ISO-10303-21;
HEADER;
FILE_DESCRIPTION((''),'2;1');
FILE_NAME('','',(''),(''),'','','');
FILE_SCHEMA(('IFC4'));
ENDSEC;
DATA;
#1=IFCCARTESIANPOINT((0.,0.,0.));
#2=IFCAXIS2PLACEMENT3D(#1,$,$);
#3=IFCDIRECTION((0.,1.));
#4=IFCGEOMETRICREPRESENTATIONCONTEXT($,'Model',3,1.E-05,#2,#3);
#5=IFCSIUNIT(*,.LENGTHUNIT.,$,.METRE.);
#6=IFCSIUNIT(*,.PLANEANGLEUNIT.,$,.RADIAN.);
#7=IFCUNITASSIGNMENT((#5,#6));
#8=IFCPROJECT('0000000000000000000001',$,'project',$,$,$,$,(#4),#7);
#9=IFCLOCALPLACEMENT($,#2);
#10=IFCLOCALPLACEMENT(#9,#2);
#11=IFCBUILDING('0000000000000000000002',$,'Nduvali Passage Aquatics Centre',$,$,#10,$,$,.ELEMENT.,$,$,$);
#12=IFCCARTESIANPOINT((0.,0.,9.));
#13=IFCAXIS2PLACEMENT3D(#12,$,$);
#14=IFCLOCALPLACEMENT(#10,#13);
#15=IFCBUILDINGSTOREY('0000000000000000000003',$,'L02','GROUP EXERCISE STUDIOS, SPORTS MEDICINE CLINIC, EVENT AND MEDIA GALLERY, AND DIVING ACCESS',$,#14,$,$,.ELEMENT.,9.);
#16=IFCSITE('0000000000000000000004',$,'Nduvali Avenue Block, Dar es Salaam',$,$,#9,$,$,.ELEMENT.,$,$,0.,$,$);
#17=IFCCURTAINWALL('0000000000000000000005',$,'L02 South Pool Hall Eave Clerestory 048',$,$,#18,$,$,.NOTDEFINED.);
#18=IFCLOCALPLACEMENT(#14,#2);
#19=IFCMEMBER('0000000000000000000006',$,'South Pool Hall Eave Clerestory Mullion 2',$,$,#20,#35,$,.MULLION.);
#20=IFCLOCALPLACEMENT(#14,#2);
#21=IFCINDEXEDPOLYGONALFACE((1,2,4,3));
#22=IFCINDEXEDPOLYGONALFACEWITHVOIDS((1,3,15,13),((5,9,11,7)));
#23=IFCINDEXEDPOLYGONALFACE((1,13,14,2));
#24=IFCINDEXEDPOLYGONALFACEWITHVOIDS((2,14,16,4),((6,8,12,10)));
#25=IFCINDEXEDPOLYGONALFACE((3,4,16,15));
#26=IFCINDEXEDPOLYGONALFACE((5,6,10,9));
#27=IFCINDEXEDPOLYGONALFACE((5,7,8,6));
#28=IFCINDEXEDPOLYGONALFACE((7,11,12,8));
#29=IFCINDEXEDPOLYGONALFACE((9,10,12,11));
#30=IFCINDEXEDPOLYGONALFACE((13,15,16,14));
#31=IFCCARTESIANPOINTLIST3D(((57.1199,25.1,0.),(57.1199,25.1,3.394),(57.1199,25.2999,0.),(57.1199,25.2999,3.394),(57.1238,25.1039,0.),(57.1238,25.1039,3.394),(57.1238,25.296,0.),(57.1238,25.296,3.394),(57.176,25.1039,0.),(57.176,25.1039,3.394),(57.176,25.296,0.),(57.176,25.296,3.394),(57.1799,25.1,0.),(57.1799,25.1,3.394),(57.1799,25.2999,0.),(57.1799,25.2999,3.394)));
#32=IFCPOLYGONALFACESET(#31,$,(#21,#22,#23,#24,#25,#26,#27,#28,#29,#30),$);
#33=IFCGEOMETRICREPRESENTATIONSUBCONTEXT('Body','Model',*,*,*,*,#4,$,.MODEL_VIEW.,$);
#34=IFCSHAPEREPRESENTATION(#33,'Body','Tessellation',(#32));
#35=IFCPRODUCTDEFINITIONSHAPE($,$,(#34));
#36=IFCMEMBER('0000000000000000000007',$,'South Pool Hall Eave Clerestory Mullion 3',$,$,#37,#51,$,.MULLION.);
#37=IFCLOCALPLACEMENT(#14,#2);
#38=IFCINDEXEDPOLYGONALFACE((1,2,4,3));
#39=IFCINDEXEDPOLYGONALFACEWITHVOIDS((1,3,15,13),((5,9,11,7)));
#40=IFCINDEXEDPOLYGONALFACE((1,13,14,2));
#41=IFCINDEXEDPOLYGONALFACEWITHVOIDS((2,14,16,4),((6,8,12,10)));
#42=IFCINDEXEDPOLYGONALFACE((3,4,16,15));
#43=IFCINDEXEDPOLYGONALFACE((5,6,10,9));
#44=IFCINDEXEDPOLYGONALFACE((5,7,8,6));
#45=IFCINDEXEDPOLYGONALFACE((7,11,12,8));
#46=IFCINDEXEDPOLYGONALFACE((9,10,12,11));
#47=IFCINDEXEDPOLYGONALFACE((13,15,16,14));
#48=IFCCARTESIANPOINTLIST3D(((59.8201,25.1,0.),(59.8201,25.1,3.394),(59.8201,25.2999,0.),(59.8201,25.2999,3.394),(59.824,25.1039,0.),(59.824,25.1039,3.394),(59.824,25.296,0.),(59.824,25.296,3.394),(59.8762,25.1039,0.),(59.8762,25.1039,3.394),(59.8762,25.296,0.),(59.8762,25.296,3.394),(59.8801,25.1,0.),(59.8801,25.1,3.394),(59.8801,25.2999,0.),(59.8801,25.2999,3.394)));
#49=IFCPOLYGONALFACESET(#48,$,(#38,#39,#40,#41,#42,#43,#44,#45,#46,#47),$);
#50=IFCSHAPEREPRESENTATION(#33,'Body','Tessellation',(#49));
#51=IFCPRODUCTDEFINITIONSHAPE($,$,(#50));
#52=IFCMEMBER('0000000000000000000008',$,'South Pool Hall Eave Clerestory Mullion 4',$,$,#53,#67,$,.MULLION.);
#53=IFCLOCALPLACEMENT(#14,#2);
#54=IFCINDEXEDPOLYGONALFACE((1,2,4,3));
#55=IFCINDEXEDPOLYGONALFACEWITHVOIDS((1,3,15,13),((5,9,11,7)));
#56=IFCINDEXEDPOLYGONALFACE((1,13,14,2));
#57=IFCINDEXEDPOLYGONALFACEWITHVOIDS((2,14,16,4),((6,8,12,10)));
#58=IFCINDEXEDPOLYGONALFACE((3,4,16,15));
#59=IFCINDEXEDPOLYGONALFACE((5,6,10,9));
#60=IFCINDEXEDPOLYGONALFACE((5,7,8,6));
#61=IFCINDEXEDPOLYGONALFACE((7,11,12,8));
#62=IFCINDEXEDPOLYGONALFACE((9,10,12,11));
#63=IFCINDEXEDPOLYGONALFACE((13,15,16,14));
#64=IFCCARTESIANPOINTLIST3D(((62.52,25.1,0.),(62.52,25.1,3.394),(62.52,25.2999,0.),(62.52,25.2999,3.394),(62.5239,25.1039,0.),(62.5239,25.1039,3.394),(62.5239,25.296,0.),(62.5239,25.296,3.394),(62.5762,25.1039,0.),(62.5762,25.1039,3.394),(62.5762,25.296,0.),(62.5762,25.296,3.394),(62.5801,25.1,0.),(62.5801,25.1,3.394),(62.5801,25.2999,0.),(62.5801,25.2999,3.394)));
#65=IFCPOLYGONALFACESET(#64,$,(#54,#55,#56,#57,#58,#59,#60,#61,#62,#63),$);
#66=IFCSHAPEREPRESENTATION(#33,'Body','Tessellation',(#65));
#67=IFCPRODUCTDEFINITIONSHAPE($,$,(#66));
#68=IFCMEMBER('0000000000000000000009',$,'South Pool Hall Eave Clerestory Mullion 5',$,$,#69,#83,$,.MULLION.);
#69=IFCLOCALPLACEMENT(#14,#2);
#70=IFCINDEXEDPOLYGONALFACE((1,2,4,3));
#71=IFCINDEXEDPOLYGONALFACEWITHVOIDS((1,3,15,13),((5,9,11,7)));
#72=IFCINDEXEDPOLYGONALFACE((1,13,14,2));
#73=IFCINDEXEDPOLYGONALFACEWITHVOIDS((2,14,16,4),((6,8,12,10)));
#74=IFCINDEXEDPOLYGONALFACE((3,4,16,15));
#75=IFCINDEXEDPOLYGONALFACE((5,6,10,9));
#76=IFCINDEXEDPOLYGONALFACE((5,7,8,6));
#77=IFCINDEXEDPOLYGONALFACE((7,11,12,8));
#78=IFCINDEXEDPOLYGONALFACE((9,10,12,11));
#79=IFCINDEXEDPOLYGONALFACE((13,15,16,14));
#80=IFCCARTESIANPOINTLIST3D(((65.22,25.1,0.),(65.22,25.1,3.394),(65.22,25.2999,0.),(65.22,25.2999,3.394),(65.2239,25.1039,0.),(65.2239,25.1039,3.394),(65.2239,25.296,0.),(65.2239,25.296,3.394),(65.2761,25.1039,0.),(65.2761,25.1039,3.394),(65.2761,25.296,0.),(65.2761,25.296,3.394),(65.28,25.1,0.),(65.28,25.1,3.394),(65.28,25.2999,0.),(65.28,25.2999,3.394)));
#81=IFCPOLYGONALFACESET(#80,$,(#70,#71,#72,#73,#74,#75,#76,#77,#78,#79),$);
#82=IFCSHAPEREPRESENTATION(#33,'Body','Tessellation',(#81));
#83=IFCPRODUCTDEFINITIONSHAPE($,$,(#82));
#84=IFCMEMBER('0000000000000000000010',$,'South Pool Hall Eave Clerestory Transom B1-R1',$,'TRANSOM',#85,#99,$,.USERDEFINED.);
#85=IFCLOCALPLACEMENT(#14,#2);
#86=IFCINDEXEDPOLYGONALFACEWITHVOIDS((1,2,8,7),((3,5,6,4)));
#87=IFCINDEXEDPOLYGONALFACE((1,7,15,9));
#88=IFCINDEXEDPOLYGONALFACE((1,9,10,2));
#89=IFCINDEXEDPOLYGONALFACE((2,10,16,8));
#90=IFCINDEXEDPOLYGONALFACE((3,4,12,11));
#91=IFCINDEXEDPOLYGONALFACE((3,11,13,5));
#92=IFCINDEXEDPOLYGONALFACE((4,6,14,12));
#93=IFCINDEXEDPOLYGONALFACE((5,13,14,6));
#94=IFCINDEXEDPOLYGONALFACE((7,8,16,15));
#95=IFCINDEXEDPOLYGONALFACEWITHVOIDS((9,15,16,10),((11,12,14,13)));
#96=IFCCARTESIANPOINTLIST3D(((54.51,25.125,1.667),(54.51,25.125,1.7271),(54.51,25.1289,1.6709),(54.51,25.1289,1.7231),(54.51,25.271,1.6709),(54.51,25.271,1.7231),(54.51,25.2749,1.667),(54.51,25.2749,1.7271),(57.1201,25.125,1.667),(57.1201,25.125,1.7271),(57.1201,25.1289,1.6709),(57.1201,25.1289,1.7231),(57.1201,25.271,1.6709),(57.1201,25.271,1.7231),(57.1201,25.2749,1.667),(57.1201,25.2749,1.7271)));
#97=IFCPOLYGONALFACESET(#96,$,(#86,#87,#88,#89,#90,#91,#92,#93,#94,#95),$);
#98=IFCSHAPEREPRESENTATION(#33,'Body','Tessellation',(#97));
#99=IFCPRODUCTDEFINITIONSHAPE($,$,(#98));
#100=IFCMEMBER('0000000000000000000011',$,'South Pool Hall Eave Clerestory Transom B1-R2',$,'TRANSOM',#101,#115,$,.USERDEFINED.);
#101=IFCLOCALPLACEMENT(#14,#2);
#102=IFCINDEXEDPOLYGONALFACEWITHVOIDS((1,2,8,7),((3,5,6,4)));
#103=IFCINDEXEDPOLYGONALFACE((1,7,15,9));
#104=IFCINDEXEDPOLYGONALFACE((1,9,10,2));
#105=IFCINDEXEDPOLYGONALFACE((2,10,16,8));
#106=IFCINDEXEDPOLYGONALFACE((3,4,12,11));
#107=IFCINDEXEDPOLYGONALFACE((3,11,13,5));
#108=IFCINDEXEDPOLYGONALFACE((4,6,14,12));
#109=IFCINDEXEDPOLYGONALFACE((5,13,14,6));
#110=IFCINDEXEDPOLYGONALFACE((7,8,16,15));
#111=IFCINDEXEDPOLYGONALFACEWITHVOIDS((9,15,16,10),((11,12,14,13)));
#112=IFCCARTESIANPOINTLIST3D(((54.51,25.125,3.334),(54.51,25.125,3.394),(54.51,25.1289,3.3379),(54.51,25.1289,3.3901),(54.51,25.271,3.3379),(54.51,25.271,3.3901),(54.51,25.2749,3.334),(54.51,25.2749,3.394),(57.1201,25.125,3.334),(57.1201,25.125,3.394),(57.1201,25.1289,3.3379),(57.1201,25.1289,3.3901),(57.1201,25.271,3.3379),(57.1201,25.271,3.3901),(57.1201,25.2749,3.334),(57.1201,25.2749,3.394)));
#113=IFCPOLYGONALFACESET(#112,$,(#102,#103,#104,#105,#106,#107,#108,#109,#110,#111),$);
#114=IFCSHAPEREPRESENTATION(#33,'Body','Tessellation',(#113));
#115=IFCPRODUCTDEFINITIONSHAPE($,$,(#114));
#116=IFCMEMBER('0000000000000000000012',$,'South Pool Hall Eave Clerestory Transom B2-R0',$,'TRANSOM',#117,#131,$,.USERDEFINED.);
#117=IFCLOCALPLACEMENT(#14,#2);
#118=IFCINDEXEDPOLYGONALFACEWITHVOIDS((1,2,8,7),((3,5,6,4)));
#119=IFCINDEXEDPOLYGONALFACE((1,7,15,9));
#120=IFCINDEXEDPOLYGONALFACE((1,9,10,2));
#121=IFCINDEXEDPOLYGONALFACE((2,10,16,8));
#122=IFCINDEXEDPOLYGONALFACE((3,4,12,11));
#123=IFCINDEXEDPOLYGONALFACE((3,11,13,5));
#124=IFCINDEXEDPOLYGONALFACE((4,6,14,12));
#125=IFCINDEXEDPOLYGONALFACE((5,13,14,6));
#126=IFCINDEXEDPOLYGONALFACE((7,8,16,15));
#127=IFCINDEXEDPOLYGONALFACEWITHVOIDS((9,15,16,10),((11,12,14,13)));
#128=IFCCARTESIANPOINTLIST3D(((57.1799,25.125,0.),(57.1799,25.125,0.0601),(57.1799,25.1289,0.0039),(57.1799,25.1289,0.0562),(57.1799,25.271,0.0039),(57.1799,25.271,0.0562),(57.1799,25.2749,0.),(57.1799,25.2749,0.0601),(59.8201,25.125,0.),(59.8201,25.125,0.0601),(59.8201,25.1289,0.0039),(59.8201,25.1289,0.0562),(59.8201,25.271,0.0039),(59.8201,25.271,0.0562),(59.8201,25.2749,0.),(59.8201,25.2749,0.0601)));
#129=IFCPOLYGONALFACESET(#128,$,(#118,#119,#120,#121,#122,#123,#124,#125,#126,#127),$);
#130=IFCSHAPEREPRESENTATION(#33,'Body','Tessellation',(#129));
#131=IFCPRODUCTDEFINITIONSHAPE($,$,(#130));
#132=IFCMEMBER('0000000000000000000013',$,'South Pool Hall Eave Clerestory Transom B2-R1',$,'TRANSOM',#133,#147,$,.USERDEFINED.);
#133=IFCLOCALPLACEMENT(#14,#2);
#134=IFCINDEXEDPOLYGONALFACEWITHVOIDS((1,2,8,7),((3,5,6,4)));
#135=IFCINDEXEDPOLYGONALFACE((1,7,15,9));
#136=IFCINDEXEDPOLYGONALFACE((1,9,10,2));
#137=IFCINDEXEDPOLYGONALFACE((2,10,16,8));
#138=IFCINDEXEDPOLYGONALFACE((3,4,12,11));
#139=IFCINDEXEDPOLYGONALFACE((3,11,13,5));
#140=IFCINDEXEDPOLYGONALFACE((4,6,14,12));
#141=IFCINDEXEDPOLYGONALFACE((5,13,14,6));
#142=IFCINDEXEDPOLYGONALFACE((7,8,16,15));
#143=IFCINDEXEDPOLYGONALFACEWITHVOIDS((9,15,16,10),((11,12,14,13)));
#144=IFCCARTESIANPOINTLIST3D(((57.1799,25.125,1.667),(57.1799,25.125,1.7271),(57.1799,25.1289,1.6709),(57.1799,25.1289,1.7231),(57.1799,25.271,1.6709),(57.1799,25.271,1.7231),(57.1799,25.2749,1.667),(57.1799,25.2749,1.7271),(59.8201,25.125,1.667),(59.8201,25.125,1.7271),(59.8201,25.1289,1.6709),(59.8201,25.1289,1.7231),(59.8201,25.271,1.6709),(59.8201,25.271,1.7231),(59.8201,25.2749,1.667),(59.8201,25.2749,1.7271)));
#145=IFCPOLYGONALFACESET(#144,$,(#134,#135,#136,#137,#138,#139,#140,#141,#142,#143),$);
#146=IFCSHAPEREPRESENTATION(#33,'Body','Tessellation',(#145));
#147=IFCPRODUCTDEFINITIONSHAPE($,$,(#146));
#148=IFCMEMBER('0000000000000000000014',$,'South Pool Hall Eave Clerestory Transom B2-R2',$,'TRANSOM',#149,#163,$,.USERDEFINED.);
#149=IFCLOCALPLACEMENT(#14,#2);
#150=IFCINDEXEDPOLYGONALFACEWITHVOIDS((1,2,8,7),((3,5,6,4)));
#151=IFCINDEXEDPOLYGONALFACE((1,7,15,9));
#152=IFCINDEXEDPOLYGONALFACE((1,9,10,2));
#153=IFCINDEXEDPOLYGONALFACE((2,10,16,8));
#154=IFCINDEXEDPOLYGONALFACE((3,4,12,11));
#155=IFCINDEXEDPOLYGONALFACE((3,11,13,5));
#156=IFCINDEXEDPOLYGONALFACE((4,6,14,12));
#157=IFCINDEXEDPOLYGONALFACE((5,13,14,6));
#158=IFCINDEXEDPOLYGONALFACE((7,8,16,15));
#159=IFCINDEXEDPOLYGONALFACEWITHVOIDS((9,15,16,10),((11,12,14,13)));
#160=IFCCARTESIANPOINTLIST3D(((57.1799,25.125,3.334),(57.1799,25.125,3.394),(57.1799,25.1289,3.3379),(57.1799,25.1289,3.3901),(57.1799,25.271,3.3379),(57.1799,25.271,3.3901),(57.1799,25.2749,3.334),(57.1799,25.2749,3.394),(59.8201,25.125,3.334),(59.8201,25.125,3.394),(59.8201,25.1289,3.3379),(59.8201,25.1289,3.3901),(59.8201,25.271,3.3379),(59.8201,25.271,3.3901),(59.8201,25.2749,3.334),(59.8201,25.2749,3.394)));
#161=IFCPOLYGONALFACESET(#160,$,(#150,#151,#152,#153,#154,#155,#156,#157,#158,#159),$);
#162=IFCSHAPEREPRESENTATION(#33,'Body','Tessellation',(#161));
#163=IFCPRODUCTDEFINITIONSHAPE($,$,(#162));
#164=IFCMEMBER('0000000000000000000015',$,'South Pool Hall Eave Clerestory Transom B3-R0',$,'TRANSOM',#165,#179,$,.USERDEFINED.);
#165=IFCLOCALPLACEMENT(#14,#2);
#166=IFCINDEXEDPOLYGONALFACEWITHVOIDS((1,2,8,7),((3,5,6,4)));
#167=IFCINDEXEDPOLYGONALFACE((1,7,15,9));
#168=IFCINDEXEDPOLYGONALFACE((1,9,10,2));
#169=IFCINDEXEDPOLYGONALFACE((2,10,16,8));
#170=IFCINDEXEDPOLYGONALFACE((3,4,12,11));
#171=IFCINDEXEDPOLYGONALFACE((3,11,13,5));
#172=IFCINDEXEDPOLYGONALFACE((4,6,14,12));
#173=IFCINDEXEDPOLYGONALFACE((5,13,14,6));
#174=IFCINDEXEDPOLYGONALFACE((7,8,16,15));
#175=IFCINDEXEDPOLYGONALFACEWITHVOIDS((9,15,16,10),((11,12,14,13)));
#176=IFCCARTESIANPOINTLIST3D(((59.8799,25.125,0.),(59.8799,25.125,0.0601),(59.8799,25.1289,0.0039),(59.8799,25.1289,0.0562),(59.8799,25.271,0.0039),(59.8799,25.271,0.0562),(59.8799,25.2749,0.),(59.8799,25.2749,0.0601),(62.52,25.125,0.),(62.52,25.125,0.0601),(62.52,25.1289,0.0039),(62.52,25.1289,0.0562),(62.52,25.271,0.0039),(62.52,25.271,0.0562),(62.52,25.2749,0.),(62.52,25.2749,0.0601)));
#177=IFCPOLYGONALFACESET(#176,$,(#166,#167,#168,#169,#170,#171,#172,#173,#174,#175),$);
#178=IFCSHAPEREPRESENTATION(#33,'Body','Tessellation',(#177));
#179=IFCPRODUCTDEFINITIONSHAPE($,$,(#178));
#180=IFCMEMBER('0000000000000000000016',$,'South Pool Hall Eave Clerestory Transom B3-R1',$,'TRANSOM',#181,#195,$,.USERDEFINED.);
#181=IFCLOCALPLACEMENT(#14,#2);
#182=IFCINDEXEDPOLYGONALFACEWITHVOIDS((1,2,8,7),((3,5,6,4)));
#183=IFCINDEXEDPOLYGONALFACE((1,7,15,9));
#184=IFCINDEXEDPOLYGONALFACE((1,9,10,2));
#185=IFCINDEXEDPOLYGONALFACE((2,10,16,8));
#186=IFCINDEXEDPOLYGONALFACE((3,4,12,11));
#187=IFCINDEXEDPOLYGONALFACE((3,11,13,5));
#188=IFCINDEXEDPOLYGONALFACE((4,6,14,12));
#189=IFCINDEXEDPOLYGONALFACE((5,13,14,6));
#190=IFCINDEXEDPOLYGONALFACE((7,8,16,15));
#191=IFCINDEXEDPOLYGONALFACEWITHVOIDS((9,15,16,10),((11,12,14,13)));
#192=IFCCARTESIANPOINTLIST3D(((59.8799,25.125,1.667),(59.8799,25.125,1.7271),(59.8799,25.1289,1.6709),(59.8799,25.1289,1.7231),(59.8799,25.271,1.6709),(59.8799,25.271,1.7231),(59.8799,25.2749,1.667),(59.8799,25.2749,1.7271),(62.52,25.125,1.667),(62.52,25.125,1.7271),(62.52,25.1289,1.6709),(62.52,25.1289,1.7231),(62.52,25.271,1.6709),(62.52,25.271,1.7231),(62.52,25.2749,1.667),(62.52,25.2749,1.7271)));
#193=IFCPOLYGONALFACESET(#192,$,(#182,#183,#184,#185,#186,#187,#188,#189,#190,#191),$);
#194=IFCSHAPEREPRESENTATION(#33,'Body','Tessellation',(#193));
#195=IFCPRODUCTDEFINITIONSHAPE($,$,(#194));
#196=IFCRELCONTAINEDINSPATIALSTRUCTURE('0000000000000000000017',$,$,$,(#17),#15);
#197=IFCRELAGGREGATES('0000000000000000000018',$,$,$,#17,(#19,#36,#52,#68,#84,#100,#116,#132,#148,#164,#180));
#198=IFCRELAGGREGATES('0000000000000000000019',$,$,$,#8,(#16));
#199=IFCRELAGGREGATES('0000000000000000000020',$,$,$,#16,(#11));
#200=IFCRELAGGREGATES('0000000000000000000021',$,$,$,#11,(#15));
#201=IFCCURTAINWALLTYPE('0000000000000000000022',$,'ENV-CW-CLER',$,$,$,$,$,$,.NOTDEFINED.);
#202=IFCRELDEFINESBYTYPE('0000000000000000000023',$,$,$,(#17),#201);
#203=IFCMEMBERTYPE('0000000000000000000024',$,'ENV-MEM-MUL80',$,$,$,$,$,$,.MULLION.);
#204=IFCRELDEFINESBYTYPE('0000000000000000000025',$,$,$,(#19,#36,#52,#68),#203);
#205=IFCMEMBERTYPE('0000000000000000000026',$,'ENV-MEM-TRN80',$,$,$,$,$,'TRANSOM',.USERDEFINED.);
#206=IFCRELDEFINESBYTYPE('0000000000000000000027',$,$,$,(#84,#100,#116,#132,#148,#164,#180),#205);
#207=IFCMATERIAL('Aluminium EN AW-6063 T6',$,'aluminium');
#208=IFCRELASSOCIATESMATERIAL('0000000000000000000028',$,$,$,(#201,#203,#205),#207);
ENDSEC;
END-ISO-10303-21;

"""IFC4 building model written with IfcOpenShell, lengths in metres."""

from ifc_helpers import new_model, si_unit, direction, frame, origin, origin_2d, place, context, subcontext, project, spatial, hollow_rectangle, extrude, material, material_profile, profile_set, type_object, element, aggregate, save


model = new_model("IFC4")

# Units and contexts
model_context = context("Model", 3, precision=1e-05, world=origin(), true_north=direction((0.0, 1.0)))
body_context = subcontext(model_context, "Body", "Model", "MODEL_VIEW")
ifc_project = project(units=[si_unit("LENGTHUNIT", "METRE"), si_unit("PLANEANGLEUNIT", "RADIAN")], contexts=[model_context])

# Site, building, storey
site_placement = place(None, origin())
site = spatial("IfcSite", under=ifc_project, at=site_placement, Name="Nduvali Avenue Block, Dar es Salaam", CompositionType="ELEMENT", RefElevation=0.0)
building_placement = place(site_placement, origin())
building = spatial("IfcBuilding", under=site, at=building_placement, Name="Nduvali Passage Aquatics Centre", CompositionType="ELEMENT")
storey_placement = place(building_placement, frame((0.0, 0.0, 9.0)))
storey = spatial("IfcBuildingStorey", under=building, at=storey_placement, Name="L02", Description="GROUP EXERCISE STUDIOS, SPORTS MEDICINE CLINIC, EVENT AND MEDIA GALLERY, AND DIVING ACCESS", CompositionType="ELEMENT", Elevation=9.0)

# Curtain wall, members
ifc_material_1 = material(Name="Aluminium EN AW-6063 T6", Category="aluminium")
curtain_wall_type = type_object("IfcCurtainWallType", Name="ENV-CW-CLER", PredefinedType="NOTDEFINED", material=ifc_material_1)
curtain_wall_placement = place(storey_placement, origin())
curtain_wall = element("IfcCurtainWall", 1, at=curtain_wall_placement, inside=storey, type_object=curtain_wall_type, Name="L02 South Pool Hall Eave Clerestory 048", PredefinedType="NOTDEFINED")
ifc_material_profile_1 = material_profile(ifc_material_1, hollow_rectangle(XDim=0.0601, YDim=0.2, WallThickness=0.0039, at=origin_2d()), Name="ALU MULLION 60x200x4")
ifc_profile_set_1 = profile_set([ifc_material_profile_1], Name="Aluminium EN AW-6063 T6")
member_type_1 = type_object("IfcMemberType", Name="ENV-MEM-MUL80", PredefinedType="MULLION", material=ifc_profile_set_1)
member_1_placement = place(storey_placement, frame((57.1499, 25.2, 0.0), z_axis=(0.0, 0.0, 1.0), x_axis=(1.0, 0.0, 0.0)))
member_1 = element("IfcMember", 2, at=member_1_placement, type_object=member_type_1, Name="South Pool Hall Eave Clerestory Mullion 2", PredefinedType="MULLION", context=body_context, shape_type="SweptSolid", body=[
    extrude(hollow_rectangle(XDim=0.0601, YDim=0.2, WallThickness=0.0039, at=origin_2d()), origin(), (0.0, 0.0, 1.0), 3.394),
])
member_2_placement = place(storey_placement, frame((59.8501, 25.2, 0.0), z_axis=(0.0, 0.0, 1.0), x_axis=(1.0, 0.0, 0.0)))
member_2 = element("IfcMember", 3, at=member_2_placement, type_object=member_type_1, Name="South Pool Hall Eave Clerestory Mullion 3", PredefinedType="MULLION", context=body_context, shape_type="SweptSolid", body=[
    extrude(hollow_rectangle(XDim=0.0601, YDim=0.2, WallThickness=0.0039, at=origin_2d()), origin(), (0.0, 0.0, 1.0), 3.394),
])
member_3_placement = place(storey_placement, frame((62.55, 25.2, 0.0), z_axis=(0.0, 0.0, 1.0), x_axis=(1.0, 0.0, 0.0)))
member_3 = element("IfcMember", 4, at=member_3_placement, type_object=member_type_1, Name="South Pool Hall Eave Clerestory Mullion 4", PredefinedType="MULLION", context=body_context, shape_type="SweptSolid", body=[
    extrude(hollow_rectangle(XDim=0.0601, YDim=0.2, WallThickness=0.0039, at=origin_2d()), origin(), (0.0, 0.0, 1.0), 3.394),
])
member_4_placement = place(storey_placement, frame((65.25, 25.2, 0.0), z_axis=(0.0, 0.0, 1.0), x_axis=(1.0, 0.0, 0.0)))
member_4 = element("IfcMember", 5, at=member_4_placement, type_object=member_type_1, Name="South Pool Hall Eave Clerestory Mullion 5", PredefinedType="MULLION", context=body_context, shape_type="SweptSolid", body=[
    extrude(hollow_rectangle(XDim=0.0601, YDim=0.2, WallThickness=0.0039, at=origin_2d()), origin(), (0.0, 0.0, 1.0), 3.394),
])
ifc_material_profile_2 = material_profile(ifc_material_1, hollow_rectangle(XDim=0.1499, YDim=0.0601, WallThickness=0.0039, at=origin_2d()), Name="ALU TRANSOM 150x60x4")
ifc_profile_set_2 = profile_set([ifc_material_profile_2], Name="Aluminium EN AW-6063 T6")
member_type_2 = type_object("IfcMemberType", Name="ENV-MEM-TRN80", ElementType="TRANSOM", PredefinedType="USERDEFINED", material=ifc_profile_set_2)
member_5_placement = place(storey_placement, frame((54.51, 25.2, 1.697), z_axis=(1.0, 0.0, 0.0), x_axis=(0.0, 1.0, 0.0)))
member_5 = element("IfcMember", 6, at=member_5_placement, type_object=member_type_2, Name="South Pool Hall Eave Clerestory Transom B1-R1", ObjectType="TRANSOM", PredefinedType="USERDEFINED", context=body_context, shape_type="SweptSolid", body=[
    extrude(hollow_rectangle(XDim=0.1499, YDim=0.0601, WallThickness=0.0039, at=origin_2d()), origin(), (0.0, 0.0, 1.0), 2.6101),
])
member_6_placement = place(storey_placement, frame((54.51, 25.2, 3.364), z_axis=(1.0, 0.0, 0.0), x_axis=(0.0, 1.0, 0.0)))
member_6 = element("IfcMember", 7, at=member_6_placement, type_object=member_type_2, Name="South Pool Hall Eave Clerestory Transom B1-R2", ObjectType="TRANSOM", PredefinedType="USERDEFINED", context=body_context, shape_type="SweptSolid", body=[
    extrude(hollow_rectangle(XDim=0.1499, YDim=0.0601, WallThickness=0.0039, at=origin_2d()), origin(), (0.0, 0.0, 1.0), 2.6101),
])
member_7_placement = place(storey_placement, frame((57.1799, 25.2, 0.03), z_axis=(1.0, 0.0, 0.0), x_axis=(0.0, 1.0, 0.0)))
member_7 = element("IfcMember", 8, at=member_7_placement, type_object=member_type_2, Name="South Pool Hall Eave Clerestory Transom B2-R0", ObjectType="TRANSOM", PredefinedType="USERDEFINED", context=body_context, shape_type="SweptSolid", body=[
    extrude(hollow_rectangle(XDim=0.1499, YDim=0.0601, WallThickness=0.0039, at=origin_2d()), origin(), (0.0, 0.0, 1.0), 2.6401),
])
member_8_placement = place(storey_placement, frame((57.1799, 25.2, 1.697), z_axis=(1.0, 0.0, 0.0), x_axis=(0.0, 1.0, 0.0)))
member_8 = element("IfcMember", 9, at=member_8_placement, type_object=member_type_2, Name="South Pool Hall Eave Clerestory Transom B2-R1", ObjectType="TRANSOM", PredefinedType="USERDEFINED", context=body_context, shape_type="SweptSolid", body=[
    extrude(hollow_rectangle(XDim=0.1499, YDim=0.0601, WallThickness=0.0039, at=origin_2d()), origin(), (0.0, 0.0, 1.0), 2.6401),
])
member_9_placement = place(storey_placement, frame((57.1799, 25.2, 3.364), z_axis=(1.0, 0.0, 0.0), x_axis=(0.0, 1.0, 0.0)))
member_9 = element("IfcMember", 10, at=member_9_placement, type_object=member_type_2, Name="South Pool Hall Eave Clerestory Transom B2-R2", ObjectType="TRANSOM", PredefinedType="USERDEFINED", context=body_context, shape_type="SweptSolid", body=[
    extrude(hollow_rectangle(XDim=0.1499, YDim=0.0601, WallThickness=0.0039, at=origin_2d()), origin(), (0.0, 0.0, 1.0), 2.6401),
])
member_10_placement = place(storey_placement, frame((59.8799, 25.2, 0.03), z_axis=(1.0, 0.0, 0.0), x_axis=(0.0, 1.0, 0.0)))
member_10 = element("IfcMember", 11, at=member_10_placement, type_object=member_type_2, Name="South Pool Hall Eave Clerestory Transom B3-R0", ObjectType="TRANSOM", PredefinedType="USERDEFINED", context=body_context, shape_type="SweptSolid", body=[
    extrude(hollow_rectangle(XDim=0.1499, YDim=0.0601, WallThickness=0.0039, at=origin_2d()), origin(), (0.0, 0.0, 1.0), 2.6401),
])
member_11_placement = place(storey_placement, frame((59.8799, 25.2, 1.697), z_axis=(1.0, 0.0, 0.0), x_axis=(0.0, 1.0, 0.0)))
member_11 = element("IfcMember", 12, at=member_11_placement, type_object=member_type_2, Name="South Pool Hall Eave Clerestory Transom B3-R1", ObjectType="TRANSOM", PredefinedType="USERDEFINED", context=body_context, shape_type="SweptSolid", body=[
    extrude(hollow_rectangle(XDim=0.1499, YDim=0.0601, WallThickness=0.0039, at=origin_2d()), origin(), (0.0, 0.0, 1.0), 2.6401),
])
aggregate(curtain_wall, [member_1, member_2, member_3, member_4, member_5, member_6, member_7, member_8, member_9, member_10, member_11])

save(model, "model.ifc")
